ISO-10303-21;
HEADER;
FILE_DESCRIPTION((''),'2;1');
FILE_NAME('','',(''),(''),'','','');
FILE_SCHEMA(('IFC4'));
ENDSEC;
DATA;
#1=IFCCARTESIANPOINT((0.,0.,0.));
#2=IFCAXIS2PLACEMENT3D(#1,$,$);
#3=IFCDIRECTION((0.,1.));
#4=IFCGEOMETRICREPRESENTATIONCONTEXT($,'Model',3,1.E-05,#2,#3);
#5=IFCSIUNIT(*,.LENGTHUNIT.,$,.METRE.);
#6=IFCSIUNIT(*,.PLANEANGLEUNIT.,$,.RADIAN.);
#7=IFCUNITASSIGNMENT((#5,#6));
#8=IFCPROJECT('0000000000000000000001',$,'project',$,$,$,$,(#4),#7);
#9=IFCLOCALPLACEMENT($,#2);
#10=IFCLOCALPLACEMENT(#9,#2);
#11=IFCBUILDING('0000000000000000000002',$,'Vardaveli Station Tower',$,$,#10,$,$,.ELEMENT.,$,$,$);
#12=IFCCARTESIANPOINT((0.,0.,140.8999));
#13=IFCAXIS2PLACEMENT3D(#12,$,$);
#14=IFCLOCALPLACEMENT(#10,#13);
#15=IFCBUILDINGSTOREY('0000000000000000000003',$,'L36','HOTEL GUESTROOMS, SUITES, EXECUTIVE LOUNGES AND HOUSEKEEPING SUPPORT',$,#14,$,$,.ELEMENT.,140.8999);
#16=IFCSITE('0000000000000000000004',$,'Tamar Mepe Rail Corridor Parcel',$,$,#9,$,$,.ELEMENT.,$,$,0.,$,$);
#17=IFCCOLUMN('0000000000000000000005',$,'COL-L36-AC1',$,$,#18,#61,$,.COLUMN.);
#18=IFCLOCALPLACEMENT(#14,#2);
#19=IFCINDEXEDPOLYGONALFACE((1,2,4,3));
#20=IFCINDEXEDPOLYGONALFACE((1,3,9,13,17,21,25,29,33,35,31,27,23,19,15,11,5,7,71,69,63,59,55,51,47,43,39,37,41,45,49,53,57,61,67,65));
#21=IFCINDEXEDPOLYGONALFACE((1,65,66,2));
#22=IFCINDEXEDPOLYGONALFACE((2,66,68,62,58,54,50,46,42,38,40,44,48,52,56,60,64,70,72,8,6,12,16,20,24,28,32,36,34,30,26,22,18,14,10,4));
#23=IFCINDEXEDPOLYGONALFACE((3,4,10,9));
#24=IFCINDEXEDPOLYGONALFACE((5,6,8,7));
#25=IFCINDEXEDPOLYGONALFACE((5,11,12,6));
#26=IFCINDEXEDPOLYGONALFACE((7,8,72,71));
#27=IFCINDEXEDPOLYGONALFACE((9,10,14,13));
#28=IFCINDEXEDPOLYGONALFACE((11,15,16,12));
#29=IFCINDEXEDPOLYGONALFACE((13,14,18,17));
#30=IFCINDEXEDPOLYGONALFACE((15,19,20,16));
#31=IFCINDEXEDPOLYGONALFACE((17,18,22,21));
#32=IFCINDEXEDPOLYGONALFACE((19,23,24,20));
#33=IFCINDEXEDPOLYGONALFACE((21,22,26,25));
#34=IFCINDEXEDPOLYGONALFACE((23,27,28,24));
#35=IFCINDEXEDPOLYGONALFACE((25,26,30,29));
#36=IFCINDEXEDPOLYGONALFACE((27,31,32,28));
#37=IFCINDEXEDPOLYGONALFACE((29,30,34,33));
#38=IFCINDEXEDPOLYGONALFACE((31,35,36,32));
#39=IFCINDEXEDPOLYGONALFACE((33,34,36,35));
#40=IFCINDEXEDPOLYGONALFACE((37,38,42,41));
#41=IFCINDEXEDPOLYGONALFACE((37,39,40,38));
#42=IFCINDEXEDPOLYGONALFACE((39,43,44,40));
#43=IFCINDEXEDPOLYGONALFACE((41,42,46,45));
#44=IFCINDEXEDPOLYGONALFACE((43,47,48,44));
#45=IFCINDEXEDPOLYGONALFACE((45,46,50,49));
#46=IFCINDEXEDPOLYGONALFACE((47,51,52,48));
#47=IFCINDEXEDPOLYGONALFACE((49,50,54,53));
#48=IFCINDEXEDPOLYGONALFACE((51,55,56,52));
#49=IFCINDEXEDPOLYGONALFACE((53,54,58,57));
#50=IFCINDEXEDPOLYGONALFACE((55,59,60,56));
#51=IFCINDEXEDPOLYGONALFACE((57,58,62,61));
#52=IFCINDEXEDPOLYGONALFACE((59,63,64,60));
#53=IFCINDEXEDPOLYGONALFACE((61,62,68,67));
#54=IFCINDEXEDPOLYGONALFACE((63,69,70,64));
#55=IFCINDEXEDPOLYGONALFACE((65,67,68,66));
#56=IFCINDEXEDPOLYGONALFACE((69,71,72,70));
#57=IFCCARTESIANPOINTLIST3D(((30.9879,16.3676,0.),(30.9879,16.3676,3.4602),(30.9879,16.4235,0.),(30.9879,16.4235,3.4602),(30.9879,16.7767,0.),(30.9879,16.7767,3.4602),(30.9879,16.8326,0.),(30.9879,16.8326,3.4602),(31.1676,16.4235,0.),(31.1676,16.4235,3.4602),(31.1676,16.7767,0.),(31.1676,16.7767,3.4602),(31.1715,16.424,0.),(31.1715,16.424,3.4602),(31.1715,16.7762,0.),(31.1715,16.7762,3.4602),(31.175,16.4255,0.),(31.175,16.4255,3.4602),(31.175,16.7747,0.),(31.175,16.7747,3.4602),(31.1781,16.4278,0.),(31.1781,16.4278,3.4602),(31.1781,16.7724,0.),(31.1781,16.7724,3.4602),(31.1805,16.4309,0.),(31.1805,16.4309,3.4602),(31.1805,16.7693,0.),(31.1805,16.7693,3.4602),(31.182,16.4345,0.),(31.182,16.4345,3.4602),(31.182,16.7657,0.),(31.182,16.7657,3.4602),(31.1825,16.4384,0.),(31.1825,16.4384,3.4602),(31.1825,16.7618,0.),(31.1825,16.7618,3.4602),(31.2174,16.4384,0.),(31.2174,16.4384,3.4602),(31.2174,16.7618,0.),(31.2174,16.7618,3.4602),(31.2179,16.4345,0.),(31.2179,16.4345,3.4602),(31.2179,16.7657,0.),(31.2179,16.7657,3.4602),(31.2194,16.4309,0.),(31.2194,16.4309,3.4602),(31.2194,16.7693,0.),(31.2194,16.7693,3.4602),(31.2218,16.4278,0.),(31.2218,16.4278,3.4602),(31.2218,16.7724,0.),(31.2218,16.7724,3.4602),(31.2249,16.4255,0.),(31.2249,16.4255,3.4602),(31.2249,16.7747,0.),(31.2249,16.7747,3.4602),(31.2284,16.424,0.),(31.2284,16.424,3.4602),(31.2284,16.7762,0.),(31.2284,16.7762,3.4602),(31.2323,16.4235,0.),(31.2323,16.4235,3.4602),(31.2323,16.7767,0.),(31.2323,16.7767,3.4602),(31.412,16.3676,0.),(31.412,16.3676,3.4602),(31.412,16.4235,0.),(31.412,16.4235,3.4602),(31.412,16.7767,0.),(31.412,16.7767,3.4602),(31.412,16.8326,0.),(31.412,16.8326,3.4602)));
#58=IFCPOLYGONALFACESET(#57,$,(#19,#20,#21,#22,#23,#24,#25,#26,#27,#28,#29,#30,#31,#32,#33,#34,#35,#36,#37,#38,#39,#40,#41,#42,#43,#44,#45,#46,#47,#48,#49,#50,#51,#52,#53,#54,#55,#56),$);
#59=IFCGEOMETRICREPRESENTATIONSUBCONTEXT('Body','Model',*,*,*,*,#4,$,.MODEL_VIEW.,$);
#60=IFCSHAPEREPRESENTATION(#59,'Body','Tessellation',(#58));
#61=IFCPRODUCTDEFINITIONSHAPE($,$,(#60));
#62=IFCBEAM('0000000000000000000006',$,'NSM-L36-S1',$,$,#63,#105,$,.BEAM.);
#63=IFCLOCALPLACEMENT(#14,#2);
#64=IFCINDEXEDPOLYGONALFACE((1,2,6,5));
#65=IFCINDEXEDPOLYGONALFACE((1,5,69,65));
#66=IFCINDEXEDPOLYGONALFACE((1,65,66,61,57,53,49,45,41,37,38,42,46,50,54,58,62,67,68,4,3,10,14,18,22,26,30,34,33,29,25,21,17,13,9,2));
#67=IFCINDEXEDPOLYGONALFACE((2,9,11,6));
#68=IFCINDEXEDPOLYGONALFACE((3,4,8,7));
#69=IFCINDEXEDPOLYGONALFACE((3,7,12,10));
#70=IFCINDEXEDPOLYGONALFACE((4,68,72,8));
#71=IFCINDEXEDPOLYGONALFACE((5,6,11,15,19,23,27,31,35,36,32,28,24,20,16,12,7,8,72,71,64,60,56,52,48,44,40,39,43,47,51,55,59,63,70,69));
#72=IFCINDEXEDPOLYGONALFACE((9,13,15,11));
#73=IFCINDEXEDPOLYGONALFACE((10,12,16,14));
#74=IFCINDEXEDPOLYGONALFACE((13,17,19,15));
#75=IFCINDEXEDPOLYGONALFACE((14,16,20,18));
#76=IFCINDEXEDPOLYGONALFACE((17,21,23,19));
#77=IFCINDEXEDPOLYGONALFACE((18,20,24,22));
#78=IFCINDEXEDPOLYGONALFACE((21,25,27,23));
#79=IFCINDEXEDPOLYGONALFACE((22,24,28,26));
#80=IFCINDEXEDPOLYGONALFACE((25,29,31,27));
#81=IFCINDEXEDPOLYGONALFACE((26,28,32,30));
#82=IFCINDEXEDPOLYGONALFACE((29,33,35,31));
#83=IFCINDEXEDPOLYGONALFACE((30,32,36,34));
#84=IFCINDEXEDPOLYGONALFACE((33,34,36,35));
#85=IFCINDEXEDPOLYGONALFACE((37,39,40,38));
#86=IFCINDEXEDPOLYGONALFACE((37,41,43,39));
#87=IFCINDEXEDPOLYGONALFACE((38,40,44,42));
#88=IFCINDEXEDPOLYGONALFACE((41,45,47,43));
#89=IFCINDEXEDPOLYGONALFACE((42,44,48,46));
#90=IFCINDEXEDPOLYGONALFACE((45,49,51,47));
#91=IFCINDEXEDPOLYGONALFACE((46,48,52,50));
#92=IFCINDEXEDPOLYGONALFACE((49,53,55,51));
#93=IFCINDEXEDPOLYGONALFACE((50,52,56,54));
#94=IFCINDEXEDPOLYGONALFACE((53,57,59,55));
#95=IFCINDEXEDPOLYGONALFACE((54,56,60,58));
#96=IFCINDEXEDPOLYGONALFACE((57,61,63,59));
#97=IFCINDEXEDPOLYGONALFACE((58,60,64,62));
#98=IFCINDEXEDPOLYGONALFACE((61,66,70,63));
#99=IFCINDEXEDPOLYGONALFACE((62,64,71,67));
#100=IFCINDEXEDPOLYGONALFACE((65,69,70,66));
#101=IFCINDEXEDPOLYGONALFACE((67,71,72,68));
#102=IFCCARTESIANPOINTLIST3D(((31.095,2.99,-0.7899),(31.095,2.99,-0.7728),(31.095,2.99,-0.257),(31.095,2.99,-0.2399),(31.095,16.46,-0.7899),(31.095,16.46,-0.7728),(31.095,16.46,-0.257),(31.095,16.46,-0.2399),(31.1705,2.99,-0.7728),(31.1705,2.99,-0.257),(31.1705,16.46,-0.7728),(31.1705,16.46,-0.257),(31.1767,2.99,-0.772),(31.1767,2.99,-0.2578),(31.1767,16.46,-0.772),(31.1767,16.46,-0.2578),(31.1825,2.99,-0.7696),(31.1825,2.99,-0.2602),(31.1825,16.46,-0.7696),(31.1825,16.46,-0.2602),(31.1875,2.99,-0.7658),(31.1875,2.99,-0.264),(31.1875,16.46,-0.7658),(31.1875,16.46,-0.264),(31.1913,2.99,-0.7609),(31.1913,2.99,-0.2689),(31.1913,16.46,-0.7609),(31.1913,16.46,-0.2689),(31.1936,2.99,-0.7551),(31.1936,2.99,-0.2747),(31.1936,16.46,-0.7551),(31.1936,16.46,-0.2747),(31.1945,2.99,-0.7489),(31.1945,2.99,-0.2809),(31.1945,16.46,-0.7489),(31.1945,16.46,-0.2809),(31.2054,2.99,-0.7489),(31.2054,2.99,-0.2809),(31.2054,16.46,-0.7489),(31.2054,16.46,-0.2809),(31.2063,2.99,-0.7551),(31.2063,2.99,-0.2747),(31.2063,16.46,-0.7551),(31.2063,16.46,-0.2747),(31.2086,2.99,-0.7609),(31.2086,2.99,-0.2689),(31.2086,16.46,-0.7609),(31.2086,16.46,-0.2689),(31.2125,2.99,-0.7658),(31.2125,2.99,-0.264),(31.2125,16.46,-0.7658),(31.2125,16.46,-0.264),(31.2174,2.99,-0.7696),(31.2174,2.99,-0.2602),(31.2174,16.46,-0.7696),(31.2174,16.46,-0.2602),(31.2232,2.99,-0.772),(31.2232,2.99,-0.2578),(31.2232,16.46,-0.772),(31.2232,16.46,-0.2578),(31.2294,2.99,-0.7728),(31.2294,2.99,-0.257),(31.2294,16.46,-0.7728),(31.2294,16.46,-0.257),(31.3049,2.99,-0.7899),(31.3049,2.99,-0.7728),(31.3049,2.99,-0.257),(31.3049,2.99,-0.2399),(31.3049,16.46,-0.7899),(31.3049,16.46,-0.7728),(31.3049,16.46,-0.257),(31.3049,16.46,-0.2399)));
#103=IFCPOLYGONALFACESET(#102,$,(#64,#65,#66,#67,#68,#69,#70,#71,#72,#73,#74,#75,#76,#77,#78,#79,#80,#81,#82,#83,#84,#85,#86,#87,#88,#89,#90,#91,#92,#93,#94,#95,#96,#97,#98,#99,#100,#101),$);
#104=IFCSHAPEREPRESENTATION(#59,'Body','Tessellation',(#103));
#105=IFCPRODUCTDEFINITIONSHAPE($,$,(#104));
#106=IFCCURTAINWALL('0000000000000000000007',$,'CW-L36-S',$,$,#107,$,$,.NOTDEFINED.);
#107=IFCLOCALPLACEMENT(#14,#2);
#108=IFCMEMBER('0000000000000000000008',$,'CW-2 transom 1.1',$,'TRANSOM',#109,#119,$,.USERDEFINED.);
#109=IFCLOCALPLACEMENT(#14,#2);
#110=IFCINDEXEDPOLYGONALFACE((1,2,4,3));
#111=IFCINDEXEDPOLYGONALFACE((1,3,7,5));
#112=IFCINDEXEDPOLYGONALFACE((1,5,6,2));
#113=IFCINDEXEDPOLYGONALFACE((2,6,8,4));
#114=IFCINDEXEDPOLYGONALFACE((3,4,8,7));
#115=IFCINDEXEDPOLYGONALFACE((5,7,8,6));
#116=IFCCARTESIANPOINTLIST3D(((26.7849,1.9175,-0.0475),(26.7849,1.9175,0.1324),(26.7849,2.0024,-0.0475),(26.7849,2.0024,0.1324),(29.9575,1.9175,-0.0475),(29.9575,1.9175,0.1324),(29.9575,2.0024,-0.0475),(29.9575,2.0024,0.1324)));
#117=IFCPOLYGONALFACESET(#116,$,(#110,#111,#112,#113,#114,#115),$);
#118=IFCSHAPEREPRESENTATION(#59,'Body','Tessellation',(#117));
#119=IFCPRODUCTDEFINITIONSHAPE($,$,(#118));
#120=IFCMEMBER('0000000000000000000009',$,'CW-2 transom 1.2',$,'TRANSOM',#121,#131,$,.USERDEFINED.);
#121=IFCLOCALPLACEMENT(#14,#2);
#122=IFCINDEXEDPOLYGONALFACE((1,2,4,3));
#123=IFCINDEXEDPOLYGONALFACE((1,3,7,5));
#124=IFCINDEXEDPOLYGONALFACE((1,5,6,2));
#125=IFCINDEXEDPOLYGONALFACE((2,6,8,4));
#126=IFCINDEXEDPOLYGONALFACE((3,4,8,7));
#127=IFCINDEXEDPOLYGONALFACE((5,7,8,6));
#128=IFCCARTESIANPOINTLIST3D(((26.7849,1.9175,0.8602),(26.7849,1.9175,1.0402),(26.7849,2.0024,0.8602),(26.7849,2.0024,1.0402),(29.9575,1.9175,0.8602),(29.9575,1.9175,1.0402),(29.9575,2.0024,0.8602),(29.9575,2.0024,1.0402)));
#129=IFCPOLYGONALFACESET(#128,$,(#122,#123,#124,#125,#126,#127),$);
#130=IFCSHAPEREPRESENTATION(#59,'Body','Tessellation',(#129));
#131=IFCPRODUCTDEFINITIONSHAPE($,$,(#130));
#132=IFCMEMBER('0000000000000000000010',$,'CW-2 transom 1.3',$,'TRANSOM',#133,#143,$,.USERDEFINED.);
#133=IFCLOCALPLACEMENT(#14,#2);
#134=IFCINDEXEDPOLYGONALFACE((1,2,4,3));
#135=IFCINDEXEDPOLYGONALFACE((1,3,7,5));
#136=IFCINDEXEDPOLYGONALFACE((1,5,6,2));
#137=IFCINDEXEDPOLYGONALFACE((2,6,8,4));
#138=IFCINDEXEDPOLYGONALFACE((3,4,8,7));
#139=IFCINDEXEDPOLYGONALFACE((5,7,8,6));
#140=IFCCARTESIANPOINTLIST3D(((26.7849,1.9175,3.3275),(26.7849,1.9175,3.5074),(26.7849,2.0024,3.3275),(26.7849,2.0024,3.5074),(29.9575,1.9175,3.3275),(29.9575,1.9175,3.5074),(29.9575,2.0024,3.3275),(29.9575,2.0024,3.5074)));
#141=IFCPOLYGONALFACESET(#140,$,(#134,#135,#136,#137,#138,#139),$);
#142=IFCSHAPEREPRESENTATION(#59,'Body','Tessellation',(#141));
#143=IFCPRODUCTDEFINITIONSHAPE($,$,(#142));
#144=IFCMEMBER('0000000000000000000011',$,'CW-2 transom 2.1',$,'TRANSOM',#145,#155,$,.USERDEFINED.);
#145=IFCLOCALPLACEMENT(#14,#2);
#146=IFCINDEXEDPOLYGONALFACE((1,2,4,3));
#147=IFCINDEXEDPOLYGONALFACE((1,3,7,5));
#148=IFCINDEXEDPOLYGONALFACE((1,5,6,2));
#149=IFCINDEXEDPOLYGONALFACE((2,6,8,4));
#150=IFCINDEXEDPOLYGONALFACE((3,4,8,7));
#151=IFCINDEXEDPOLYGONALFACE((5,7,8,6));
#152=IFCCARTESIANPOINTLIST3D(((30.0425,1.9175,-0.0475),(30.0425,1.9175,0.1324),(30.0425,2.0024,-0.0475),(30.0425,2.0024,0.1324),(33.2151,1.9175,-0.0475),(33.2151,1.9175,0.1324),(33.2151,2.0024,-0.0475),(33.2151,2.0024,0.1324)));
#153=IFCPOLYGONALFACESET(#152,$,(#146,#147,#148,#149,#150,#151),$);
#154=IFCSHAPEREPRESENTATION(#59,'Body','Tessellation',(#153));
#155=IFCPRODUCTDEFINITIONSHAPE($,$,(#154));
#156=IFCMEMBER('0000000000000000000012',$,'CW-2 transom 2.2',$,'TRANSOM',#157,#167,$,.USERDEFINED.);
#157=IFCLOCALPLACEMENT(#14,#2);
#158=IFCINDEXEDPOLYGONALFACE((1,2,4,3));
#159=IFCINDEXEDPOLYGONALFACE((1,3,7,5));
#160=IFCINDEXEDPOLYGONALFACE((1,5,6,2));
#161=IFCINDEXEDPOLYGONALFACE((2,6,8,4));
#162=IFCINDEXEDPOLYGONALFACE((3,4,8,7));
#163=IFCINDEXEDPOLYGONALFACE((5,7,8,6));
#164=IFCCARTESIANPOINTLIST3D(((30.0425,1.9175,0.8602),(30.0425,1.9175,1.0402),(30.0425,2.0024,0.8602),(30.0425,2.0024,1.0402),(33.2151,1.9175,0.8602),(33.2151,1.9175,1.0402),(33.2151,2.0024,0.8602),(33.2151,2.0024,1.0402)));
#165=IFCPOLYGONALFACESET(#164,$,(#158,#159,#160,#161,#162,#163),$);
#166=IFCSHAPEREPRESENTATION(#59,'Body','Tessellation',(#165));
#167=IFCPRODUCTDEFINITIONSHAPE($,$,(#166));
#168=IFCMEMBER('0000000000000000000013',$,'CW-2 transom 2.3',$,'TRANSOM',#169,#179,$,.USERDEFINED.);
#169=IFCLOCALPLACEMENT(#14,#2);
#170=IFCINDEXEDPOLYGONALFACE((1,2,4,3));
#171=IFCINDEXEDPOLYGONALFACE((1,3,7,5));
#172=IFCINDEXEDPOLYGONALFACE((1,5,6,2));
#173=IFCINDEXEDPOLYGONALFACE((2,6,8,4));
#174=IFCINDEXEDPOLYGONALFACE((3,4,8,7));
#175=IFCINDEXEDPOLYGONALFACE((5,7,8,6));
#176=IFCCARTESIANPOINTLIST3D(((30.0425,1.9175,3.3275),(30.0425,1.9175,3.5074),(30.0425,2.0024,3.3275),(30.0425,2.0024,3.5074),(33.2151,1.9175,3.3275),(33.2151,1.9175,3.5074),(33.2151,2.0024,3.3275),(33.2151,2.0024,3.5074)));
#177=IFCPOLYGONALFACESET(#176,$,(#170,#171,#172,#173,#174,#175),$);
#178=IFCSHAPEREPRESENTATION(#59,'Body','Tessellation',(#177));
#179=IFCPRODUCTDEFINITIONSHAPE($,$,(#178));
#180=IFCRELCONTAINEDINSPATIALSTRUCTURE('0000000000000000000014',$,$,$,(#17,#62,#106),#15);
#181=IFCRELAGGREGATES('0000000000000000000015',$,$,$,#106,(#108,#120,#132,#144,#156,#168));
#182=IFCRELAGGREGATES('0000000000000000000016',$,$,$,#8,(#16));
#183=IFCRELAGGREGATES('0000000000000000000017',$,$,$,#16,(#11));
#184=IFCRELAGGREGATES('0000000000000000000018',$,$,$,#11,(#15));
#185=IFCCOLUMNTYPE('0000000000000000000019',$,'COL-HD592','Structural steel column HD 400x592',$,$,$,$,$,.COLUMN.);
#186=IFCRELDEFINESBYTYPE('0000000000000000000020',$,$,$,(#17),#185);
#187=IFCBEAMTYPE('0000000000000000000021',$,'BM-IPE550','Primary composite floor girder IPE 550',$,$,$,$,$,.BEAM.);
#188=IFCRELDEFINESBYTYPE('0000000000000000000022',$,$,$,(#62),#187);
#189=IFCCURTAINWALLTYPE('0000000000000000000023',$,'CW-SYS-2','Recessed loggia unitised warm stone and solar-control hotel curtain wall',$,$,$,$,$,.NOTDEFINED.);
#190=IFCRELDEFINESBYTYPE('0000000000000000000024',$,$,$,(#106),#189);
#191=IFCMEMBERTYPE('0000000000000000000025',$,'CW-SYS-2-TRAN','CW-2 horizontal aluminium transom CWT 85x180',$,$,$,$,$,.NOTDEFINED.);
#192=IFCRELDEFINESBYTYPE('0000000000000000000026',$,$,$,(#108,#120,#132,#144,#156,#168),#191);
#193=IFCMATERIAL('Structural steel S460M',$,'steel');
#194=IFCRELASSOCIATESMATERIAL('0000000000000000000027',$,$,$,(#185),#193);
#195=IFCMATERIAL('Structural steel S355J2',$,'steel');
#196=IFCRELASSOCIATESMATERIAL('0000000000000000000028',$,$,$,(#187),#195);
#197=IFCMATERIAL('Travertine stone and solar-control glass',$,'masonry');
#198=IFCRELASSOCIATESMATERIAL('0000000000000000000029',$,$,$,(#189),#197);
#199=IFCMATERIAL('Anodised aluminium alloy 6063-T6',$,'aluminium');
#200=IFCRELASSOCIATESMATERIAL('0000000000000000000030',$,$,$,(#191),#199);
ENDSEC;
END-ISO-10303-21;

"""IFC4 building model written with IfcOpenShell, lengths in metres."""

from ifc_helpers import new_model, si_unit, direction, frame, origin, origin_2d, place, context, subcontext, project, spatial, rectangle, i_section, extrude, source, transform, mapped, material, material_profile, profile_set, type_object, element, aggregate, save


model = new_model("IFC4")

# Units and contexts
model_context = context("Model", 3, precision=1e-05, world=origin(), true_north=direction((0.0, 1.0)))
body_context = subcontext(model_context, "Body", "Model", "MODEL_VIEW")
ifc_project = project(units=[si_unit("LENGTHUNIT", "METRE"), si_unit("PLANEANGLEUNIT", "RADIAN")], contexts=[model_context])

# Site, building, storey
site_placement = place(None, origin())
site = spatial("IfcSite", under=ifc_project, at=site_placement, Name="Tamar Mepe Rail Corridor Parcel", CompositionType="ELEMENT", RefElevation=0.0)
building_placement = place(site_placement, origin())
building = spatial("IfcBuilding", under=site, at=building_placement, Name="Vardaveli Station Tower", CompositionType="ELEMENT")
storey_placement = place(building_placement, frame((0.0, 0.0, 140.8999)))
storey = spatial("IfcBuildingStorey", under=building, at=storey_placement, Name="L36", Description="HOTEL GUESTROOMS, SUITES, EXECUTIVE LOUNGES AND HOUSEKEEPING SUPPORT", CompositionType="ELEMENT", Elevation=140.8999)

# Column
ifc_material_1 = material(Name="Structural steel S460M", Category="steel")
ifc_material_profile_1 = material_profile(ifc_material_1, i_section(OverallWidth=0.4241, OverallDepth=0.4651, WebThickness=0.0349, FlangeThickness=0.0559, FilletRadius=0.0149, at=origin_2d()), Name="HD 400x592")
ifc_profile_set_1 = profile_set([ifc_material_profile_1], Name="Structural steel S460M")
column_type = type_object("IfcColumnType", Name="COL-HD592", Description="Structural steel column HD 400x592", PredefinedType="COLUMN", material=ifc_profile_set_1)
shared_shape_1 = source(origin(), body_context, "Body", "SweptSolid", [
    extrude(i_section(OverallWidth=0.4241, OverallDepth=0.4651, WebThickness=0.0349, FlangeThickness=0.0559, FilletRadius=0.0149, at=origin_2d()), origin(), (0.0, 0.0, 1.0), 3.4602),
])
column_placement = place(storey_placement, frame((31.2, 16.6001, 0.0), z_axis=(0.0, 0.0, 1.0), x_axis=(1.0, 0.0, 0.0)))
element("IfcColumn", 1, at=column_placement, inside=storey, type_object=column_type, Name="COL-L36-AC1", PredefinedType="COLUMN", context=body_context, shape_type="MappedRepresentation", body=[
    mapped(shared_shape_1, transform((0.0, 0.0, 0.0), scale=1.0)),
])

# Beam
ifc_material_2 = material(Name="Structural steel S355J2", Category="steel")
ifc_material_profile_2 = material_profile(ifc_material_2, i_section(OverallWidth=0.21, OverallDepth=0.55, WebThickness=0.011, FlangeThickness=0.0171, FilletRadius=0.0239, at=origin_2d()), Name="IPE 550")
ifc_profile_set_2 = profile_set([ifc_material_profile_2], Name="Structural steel S355J2")
beam_type = type_object("IfcBeamType", Name="BM-IPE550", Description="Primary composite floor girder IPE 550", PredefinedType="BEAM", material=ifc_profile_set_2)
shared_shape_2 = source(origin(), body_context, "Body", "SweptSolid", [
    extrude(i_section(OverallWidth=0.21, OverallDepth=0.55, WebThickness=0.011, FlangeThickness=0.0171, FilletRadius=0.0239, at=origin_2d()), origin(), (0.0, 0.0, 1.0), 13.47),
])
beam_placement = place(storey_placement, frame((31.2, 2.99, -0.5149), z_axis=(0.0, 1.0, 0.0), x_axis=(-1.0, 0.0, 0.0)))
element("IfcBeam", 2, at=beam_placement, inside=storey, type_object=beam_type, Name="NSM-L36-S1", PredefinedType="BEAM", context=body_context, shape_type="MappedRepresentation", body=[
    mapped(shared_shape_2, transform((0.0, 0.0, 0.0), scale=1.0)),
])

# Curtain wall, members
ifc_material_3 = material(Name="Travertine stone and solar-control glass", Category="masonry")
curtain_wall_type = type_object("IfcCurtainWallType", Name="CW-SYS-2", Description="Recessed loggia unitised warm stone and solar-control hotel curtain wall", PredefinedType="NOTDEFINED", material=ifc_material_3)
curtain_wall_placement = place(storey_placement, origin())
curtain_wall = element("IfcCurtainWall", 3, at=curtain_wall_placement, inside=storey, type_object=curtain_wall_type, Name="CW-L36-S", PredefinedType="NOTDEFINED")
ifc_material_4 = material(Name="Anodised aluminium alloy 6063-T6", Category="aluminium")
ifc_material_profile_3 = material_profile(ifc_material_4, rectangle(XDim=0.085, YDim=0.1799, at=origin_2d()), Name="CWT 85x180")
ifc_profile_set_3 = profile_set([ifc_material_profile_3], Name="Anodised aluminium alloy 6063-T6")
member_type_1 = type_object("IfcMemberType", Name="CW-SYS-2-TRAN", Description="CW-2 horizontal aluminium transom CWT 85x180", PredefinedType="NOTDEFINED", material=ifc_profile_set_3)
shared_shape_3 = source(origin(), body_context, "Body", "SweptSolid", [
    extrude(rectangle(XDim=0.085, YDim=0.1799, at=origin_2d()), origin(), (0.0, 0.0, 1.0), 3.1726),
])
member_1_placement = place(storey_placement, frame((26.7849, 1.96, 0.0425), z_axis=(1.0, 0.0, 0.0), x_axis=(0.0, 1.0, 0.0)))
member_1 = element("IfcMember", 4, at=member_1_placement, type_object=member_type_1, Name="CW-2 transom 1.1", ObjectType="TRANSOM", PredefinedType="USERDEFINED", context=body_context, shape_type="MappedRepresentation", body=[
    mapped(shared_shape_3, transform((0.0, 0.0, 0.0), scale=1.0)),
])
member_2_placement = place(storey_placement, frame((26.7849, 1.96, 0.9502), z_axis=(1.0, 0.0, 0.0), x_axis=(0.0, 1.0, 0.0)))
member_2 = element("IfcMember", 5, at=member_2_placement, type_object=member_type_1, Name="CW-2 transom 1.2", ObjectType="TRANSOM", PredefinedType="USERDEFINED", context=body_context, shape_type="MappedRepresentation", body=[
    mapped(shared_shape_3, transform((0.0, 0.0, 0.0), scale=1.0)),
])
member_3_placement = place(storey_placement, frame((26.7849, 1.96, 3.4175), z_axis=(1.0, 0.0, 0.0), x_axis=(0.0, 1.0, 0.0)))
member_3 = element("IfcMember", 6, at=member_3_placement, type_object=member_type_1, Name="CW-2 transom 1.3", ObjectType="TRANSOM", PredefinedType="USERDEFINED", context=body_context, shape_type="MappedRepresentation", body=[
    mapped(shared_shape_3, transform((0.0, 0.0, 0.0), scale=1.0)),
])
member_4_placement = place(storey_placement, frame((30.0425, 1.96, 0.0425), z_axis=(1.0, 0.0, 0.0), x_axis=(0.0, 1.0, 0.0)))
member_4 = element("IfcMember", 7, at=member_4_placement, type_object=member_type_1, Name="CW-2 transom 2.1", ObjectType="TRANSOM", PredefinedType="USERDEFINED", context=body_context, shape_type="MappedRepresentation", body=[
    mapped(shared_shape_3, transform((0.0, 0.0, 0.0), scale=1.0)),
])
member_5_placement = place(storey_placement, frame((30.0425, 1.96, 0.9502), z_axis=(1.0, 0.0, 0.0), x_axis=(0.0, 1.0, 0.0)))
member_5 = element("IfcMember", 8, at=member_5_placement, type_object=member_type_1, Name="CW-2 transom 2.2", ObjectType="TRANSOM", PredefinedType="USERDEFINED", context=body_context, shape_type="MappedRepresentation", body=[
    mapped(shared_shape_3, transform((0.0, 0.0, 0.0), scale=1.0)),
])
member_6_placement = place(storey_placement, frame((30.0425, 1.96, 3.4175), z_axis=(1.0, 0.0, 0.0), x_axis=(0.0, 1.0, 0.0)))
member_6 = element("IfcMember", 9, at=member_6_placement, type_object=member_type_1, Name="CW-2 transom 2.3", ObjectType="TRANSOM", PredefinedType="USERDEFINED", context=body_context, shape_type="MappedRepresentation", body=[
    mapped(shared_shape_3, transform((0.0, 0.0, 0.0), scale=1.0)),
])
aggregate(curtain_wall, [member_1, member_2, member_3, member_4, member_5, member_6])

save(model, "model.ifc")
